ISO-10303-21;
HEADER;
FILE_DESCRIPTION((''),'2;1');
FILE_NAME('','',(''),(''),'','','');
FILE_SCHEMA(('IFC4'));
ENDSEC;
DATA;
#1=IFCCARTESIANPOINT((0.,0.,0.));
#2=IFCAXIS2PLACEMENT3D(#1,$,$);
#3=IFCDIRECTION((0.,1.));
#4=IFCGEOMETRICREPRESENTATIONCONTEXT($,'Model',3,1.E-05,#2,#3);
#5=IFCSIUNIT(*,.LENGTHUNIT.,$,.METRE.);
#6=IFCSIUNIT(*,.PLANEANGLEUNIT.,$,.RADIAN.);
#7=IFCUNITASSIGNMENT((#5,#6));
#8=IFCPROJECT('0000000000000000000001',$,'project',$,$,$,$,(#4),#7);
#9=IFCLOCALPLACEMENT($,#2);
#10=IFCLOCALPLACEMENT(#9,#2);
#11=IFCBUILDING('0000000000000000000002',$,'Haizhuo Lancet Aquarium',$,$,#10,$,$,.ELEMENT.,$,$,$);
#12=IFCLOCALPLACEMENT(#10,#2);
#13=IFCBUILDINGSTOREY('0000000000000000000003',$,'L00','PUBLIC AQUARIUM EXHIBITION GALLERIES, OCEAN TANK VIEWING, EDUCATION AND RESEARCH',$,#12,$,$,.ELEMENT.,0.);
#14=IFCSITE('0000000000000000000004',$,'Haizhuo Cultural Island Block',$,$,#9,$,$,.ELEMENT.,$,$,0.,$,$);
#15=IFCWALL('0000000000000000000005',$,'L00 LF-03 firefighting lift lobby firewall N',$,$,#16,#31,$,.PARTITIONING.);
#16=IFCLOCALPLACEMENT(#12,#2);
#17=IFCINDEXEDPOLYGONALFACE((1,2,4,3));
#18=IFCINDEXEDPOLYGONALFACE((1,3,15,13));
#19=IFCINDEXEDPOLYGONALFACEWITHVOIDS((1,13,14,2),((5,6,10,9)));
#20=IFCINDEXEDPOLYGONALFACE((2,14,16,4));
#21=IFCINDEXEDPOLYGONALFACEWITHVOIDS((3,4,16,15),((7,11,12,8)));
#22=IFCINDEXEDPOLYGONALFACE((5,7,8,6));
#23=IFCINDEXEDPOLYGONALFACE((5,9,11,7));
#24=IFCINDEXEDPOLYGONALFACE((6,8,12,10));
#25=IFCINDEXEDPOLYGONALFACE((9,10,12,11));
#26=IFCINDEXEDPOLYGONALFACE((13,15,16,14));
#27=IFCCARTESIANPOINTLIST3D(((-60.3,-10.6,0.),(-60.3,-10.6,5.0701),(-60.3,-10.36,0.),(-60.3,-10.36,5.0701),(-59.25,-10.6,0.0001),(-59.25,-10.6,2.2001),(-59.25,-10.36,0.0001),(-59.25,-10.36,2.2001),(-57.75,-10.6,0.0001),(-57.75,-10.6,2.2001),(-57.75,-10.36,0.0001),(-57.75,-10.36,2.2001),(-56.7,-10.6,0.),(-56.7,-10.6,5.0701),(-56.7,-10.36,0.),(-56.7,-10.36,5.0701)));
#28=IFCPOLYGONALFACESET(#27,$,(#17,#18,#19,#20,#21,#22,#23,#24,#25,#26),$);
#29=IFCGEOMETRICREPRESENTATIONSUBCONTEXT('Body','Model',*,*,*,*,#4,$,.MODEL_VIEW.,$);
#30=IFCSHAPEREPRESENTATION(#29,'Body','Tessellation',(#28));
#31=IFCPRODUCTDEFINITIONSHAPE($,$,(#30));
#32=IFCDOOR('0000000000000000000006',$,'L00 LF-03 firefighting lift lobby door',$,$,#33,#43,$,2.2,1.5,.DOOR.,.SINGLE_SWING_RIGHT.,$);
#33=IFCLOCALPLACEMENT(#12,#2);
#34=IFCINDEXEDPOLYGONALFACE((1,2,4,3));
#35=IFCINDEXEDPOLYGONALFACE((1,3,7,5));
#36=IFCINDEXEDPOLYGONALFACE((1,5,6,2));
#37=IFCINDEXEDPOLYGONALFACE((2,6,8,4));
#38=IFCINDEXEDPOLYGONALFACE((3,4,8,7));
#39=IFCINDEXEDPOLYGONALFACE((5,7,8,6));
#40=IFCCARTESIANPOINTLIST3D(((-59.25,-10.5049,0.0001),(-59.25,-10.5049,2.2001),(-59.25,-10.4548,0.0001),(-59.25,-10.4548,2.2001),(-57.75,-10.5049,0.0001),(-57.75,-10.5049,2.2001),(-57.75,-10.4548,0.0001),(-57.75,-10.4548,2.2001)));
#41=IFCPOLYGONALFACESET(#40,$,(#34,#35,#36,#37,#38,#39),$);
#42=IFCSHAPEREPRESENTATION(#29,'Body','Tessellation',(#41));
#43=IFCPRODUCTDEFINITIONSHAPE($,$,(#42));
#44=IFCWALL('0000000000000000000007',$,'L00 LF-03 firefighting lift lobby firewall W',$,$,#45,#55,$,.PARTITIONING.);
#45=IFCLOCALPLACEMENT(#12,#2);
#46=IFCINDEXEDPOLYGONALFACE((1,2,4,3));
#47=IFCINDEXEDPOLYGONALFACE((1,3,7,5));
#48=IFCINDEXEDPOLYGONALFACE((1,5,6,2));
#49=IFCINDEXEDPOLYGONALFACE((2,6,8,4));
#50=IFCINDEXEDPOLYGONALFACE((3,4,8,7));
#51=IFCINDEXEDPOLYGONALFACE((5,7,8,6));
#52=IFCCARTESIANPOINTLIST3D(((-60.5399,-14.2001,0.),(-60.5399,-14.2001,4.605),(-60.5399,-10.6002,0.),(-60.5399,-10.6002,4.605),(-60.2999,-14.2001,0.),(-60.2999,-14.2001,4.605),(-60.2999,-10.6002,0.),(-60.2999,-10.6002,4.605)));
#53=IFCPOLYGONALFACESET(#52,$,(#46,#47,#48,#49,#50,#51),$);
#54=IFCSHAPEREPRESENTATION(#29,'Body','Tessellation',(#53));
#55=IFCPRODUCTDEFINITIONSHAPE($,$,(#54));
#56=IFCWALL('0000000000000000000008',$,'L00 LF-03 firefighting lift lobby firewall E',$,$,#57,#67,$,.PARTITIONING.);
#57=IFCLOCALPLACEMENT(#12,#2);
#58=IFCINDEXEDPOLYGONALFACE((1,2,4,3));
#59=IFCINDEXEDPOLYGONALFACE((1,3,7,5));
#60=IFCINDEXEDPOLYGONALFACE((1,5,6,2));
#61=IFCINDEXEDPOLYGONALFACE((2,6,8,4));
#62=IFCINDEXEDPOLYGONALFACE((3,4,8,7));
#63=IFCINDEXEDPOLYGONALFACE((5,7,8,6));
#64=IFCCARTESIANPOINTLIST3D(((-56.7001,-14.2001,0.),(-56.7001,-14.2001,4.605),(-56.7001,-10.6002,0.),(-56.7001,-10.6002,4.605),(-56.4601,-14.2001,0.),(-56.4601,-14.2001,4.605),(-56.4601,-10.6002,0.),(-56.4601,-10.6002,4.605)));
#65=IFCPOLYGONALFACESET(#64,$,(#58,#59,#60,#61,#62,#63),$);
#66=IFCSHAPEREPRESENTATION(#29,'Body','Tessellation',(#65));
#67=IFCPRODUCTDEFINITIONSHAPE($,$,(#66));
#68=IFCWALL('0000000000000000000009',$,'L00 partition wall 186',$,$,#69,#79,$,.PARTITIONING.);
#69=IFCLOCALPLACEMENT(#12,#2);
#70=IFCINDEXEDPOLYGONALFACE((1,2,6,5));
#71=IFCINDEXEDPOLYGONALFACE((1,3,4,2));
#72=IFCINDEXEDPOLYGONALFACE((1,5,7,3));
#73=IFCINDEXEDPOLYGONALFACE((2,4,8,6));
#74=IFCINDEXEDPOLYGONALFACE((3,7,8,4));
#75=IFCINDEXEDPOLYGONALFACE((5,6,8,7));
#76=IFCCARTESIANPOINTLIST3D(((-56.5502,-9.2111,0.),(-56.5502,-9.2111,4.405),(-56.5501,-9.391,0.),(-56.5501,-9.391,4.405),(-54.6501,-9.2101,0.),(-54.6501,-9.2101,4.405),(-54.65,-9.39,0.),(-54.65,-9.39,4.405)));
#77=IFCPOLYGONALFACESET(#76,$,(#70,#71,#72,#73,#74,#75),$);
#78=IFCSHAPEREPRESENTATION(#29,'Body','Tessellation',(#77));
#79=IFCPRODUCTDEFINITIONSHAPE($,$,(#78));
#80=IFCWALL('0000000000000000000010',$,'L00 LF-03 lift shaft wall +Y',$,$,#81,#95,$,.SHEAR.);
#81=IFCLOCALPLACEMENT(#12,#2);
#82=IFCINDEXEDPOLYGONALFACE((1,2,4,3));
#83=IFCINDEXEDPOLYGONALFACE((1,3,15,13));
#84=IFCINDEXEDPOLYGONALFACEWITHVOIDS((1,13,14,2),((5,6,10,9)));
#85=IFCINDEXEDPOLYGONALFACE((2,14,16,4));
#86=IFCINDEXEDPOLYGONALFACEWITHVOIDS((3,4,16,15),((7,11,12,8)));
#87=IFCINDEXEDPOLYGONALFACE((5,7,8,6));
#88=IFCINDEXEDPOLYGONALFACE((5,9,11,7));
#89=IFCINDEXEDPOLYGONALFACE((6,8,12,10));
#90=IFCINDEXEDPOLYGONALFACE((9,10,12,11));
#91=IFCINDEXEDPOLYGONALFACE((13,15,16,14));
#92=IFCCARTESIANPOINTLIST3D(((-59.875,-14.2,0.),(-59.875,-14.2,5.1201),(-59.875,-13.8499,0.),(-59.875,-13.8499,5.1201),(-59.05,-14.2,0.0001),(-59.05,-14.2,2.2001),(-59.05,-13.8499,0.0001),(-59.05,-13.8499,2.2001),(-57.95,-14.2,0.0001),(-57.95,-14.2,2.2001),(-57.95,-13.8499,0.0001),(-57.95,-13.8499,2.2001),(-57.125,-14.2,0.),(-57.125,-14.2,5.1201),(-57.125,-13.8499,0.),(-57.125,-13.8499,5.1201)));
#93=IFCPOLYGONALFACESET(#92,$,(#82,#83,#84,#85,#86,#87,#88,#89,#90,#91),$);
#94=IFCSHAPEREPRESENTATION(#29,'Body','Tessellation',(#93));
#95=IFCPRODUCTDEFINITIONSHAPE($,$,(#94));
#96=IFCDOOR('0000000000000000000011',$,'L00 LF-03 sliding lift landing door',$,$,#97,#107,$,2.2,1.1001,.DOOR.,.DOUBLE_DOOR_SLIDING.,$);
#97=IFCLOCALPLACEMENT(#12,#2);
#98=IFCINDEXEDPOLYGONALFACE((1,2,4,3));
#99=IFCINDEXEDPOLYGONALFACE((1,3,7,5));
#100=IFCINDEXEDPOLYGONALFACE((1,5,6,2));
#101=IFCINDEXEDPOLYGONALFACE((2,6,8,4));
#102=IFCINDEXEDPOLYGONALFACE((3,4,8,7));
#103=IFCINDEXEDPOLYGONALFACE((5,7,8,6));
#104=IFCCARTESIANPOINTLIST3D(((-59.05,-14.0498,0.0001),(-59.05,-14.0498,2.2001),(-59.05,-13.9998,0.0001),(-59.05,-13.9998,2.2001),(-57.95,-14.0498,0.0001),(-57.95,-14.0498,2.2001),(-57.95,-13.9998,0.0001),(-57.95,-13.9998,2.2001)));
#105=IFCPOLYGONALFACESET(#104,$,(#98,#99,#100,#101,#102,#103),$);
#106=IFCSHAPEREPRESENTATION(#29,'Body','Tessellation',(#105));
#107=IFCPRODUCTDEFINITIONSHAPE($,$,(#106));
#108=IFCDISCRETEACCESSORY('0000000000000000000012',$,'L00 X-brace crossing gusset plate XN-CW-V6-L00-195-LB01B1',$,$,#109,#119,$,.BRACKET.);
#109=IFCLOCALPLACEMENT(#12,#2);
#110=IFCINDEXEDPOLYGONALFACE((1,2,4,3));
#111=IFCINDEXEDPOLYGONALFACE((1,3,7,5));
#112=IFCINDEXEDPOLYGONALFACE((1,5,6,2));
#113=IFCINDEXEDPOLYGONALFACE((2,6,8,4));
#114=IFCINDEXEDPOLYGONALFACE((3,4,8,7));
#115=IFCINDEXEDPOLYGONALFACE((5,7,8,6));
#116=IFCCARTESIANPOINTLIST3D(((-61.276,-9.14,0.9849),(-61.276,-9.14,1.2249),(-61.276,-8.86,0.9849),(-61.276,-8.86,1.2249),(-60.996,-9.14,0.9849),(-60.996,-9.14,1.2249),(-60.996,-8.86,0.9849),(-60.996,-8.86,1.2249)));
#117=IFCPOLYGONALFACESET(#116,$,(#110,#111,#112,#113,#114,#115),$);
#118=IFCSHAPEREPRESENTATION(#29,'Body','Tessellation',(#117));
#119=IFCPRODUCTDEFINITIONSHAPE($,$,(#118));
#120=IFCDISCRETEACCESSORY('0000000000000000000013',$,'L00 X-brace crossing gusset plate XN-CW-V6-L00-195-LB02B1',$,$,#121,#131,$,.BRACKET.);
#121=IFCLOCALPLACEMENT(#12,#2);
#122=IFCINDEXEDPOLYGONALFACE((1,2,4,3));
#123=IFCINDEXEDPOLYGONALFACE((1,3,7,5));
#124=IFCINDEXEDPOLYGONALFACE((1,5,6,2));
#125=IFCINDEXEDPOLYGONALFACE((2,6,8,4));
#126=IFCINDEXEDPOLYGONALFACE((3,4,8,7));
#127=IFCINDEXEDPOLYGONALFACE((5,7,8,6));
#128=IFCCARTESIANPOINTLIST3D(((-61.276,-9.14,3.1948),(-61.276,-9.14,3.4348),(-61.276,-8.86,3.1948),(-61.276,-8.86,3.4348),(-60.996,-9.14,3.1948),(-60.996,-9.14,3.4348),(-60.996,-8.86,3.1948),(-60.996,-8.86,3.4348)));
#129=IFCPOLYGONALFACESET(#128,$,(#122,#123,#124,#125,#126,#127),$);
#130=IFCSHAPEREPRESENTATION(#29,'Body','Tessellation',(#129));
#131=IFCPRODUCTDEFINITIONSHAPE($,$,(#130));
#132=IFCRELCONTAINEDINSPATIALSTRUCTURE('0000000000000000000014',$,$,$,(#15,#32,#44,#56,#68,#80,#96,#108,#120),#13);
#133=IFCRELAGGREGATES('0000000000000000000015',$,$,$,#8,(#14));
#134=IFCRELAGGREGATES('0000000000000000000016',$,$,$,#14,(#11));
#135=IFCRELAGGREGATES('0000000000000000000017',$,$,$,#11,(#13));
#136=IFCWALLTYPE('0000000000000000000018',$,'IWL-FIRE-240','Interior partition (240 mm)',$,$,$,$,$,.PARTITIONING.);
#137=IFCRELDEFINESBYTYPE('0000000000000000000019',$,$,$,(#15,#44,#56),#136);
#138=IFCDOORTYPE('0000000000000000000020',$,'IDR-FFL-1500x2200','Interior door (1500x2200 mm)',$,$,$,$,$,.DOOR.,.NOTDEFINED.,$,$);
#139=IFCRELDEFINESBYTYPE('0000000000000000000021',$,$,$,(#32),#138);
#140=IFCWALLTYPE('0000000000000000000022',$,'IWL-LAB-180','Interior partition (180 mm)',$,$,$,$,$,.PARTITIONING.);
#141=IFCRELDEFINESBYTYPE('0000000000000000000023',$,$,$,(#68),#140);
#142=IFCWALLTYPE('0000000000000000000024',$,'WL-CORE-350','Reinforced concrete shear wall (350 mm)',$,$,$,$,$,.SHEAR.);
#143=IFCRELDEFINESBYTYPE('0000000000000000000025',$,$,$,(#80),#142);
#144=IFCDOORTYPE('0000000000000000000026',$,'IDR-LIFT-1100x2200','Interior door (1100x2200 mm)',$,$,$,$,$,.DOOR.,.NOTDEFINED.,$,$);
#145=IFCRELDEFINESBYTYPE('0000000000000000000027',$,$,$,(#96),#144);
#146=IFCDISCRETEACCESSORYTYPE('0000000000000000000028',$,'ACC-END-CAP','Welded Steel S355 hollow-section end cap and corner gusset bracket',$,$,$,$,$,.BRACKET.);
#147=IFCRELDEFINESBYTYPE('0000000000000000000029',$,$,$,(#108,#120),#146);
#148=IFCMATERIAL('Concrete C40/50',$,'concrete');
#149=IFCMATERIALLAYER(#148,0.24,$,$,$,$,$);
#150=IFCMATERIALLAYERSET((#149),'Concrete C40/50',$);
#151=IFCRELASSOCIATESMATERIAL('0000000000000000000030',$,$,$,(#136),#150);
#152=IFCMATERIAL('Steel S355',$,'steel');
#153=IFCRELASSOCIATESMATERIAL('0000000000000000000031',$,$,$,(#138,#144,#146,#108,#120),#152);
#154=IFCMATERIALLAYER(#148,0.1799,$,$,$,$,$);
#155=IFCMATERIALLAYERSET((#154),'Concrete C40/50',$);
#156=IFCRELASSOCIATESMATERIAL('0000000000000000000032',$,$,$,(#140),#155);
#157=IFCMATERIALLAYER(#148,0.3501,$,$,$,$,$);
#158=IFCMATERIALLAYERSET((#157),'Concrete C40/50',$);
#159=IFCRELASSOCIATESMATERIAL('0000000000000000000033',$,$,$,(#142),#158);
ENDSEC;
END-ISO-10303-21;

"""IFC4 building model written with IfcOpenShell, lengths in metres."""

from ifc_helpers import new_model, si_unit, direction, frame, frame_2d, origin, origin_2d, place, context, subcontext, project, spatial, rectangle, extrude, material, layer, layer_set, type_object, element, fill, save


model = new_model("IFC4")

# Units and contexts
model_context = context("Model", 3, precision=1e-05, world=origin(), true_north=direction((0.0, 1.0)))
body_context = subcontext(model_context, "Body", "Model", "MODEL_VIEW")
ifc_project = project(units=[si_unit("LENGTHUNIT", "METRE"), si_unit("PLANEANGLEUNIT", "RADIAN")], contexts=[model_context])

# Site, building, storey
site_placement = place(None, origin())
site = spatial("IfcSite", under=ifc_project, at=site_placement, Name="Haizhuo Cultural Island Block", CompositionType="ELEMENT", RefElevation=0.0)
building_placement = place(site_placement, origin())
building = spatial("IfcBuilding", under=site, at=building_placement, Name="Haizhuo Lancet Aquarium", CompositionType="ELEMENT")
storey_placement = place(building_placement, origin())
storey = spatial("IfcBuildingStorey", under=building, at=storey_placement, Name="L00", Description="PUBLIC AQUARIUM EXHIBITION GALLERIES, OCEAN TANK VIEWING, EDUCATION AND RESEARCH", CompositionType="ELEMENT", Elevation=0.0)

# Shared definitions
ifc_material_1 = material(Name="Concrete C40/50", Category="concrete")
ifc_material_2 = material(Name="Steel S355", Category="steel")

# Wall, opening, door
ifc_layer_1 = layer(ifc_material_1, 0.24)
ifc_layer_set_1 = layer_set([ifc_layer_1], Name="Concrete C40/50")
wall_type_1 = type_object("IfcWallType", Name="IWL-FIRE-240", Description="Interior partition (240 mm)", PredefinedType="PARTITIONING", material=ifc_layer_set_1)
wall_1_placement = place(storey_placement, frame((-56.7, -10.48, 0.0), z_axis=(0.0, 0.0, 1.0), x_axis=(-1.0, 0.0, 0.0)))
wall_1 = element("IfcWall", 1, at=wall_1_placement, inside=storey, type_object=wall_type_1, Name="L00 LF-03 firefighting lift lobby firewall N", PredefinedType="PARTITIONING", context=body_context, shape_type="SweptSolid", body=[
    extrude(rectangle(XDim=3.6001, YDim=0.24, at=frame_2d((1.8, 0.0))), origin(), (0.0, 0.0, 1.0), 5.0701),
])
opening_1_placement = place(wall_1_placement, frame((1.05, 0.0, 0.0)))
opening_1 = element("IfcOpeningElement", 2, at=opening_1_placement, cuts=wall_1, PredefinedType="OPENING", context=body_context, shape_type="SweptSolid", body=[
    extrude(rectangle(XDim=1.5, YDim=2.2, at=frame_2d((0.75, 1.1001))), frame((0.0, 0.1299, 0.0), z_axis=(0.0, -1.0, 0.0), x_axis=(1.0, 0.0, 0.0)), (0.0, 0.0, 1.0), 0.26),
])
door_type_1 = type_object("IfcDoorType", Name="IDR-FFL-1500x2200", Description="Interior door (1500x2200 mm)", OperationType="NOTDEFINED", PredefinedType="DOOR", material=ifc_material_2)
door_1_placement = place(opening_1_placement, origin())
door_1 = element("IfcDoor", 3, at=door_1_placement, inside=storey, type_object=door_type_1, Name="L00 LF-03 firefighting lift lobby door", OperationType="SINGLE_SWING_RIGHT", OverallHeight=2.2, OverallWidth=1.5, PredefinedType="DOOR", context=body_context, shape_type="SweptSolid", body=[
    extrude(rectangle(XDim=1.5, YDim=2.2, at=frame_2d((0.75, 1.1001))), frame((0.0, 0.0249, 0.0), z_axis=(0.0, -1.0, 0.0), x_axis=(1.0, 0.0, 0.0)), (0.0, 0.0, 1.0), 0.05),
])
fill(opening_1, door_1)

# Walls
for number, where, z_axis, x_axis, name in (
    (4, (-60.4199, -14.2, 0.0), (0.0, 0.0, 1.0), (0.0, 1.0, 0.0), "L00 LF-03 firefighting lift lobby firewall W"),
    (5, (-56.5801, -14.2, 0.0), (0.0, 0.0, 1.0), (0.0, 1.0, 0.0), "L00 LF-03 firefighting lift lobby firewall E"),
):
    element("IfcWall", number, at=place(storey_placement, frame(where, z_axis=z_axis, x_axis=x_axis)), inside=storey, type_object=wall_type_1, Name=name, PredefinedType="PARTITIONING", context=body_context, shape_type="SweptSolid", body=[
        extrude(rectangle(XDim=3.5999, YDim=0.24, at=frame_2d((1.7998, 0.0))), origin(), (0.0, 0.0, 1.0), 4.605),
    ])
ifc_layer_2 = layer(ifc_material_1, 0.1799)
ifc_layer_set_2 = layer_set([ifc_layer_2], Name="Concrete C40/50")
wall_type_2 = type_object("IfcWallType", Name="IWL-LAB-180", Description="Interior partition (180 mm)", PredefinedType="PARTITIONING", material=ifc_layer_set_2)
wall_2_placement = place(storey_placement, frame((-54.6499, -9.3, 0.0), z_axis=(0.0, 0.0, 1.0), x_axis=(-1.0, -0.000514, 0.0)))
element("IfcWall", 6, at=wall_2_placement, inside=storey, type_object=wall_type_2, Name="L00 partition wall 186", PredefinedType="PARTITIONING", context=body_context, shape_type="SweptSolid", body=[
    extrude(rectangle(XDim=1.9001, YDim=0.1799, at=frame_2d((0.9502, 0.0))), origin(), (0.0, 0.0, 1.0), 4.405),
])

# Wall, opening, door
ifc_layer_3 = layer(ifc_material_1, 0.3501)
ifc_layer_set_3 = layer_set([ifc_layer_3], Name="Concrete C40/50")
wall_type_3 = type_object("IfcWallType", Name="WL-CORE-350", Description="Reinforced concrete shear wall (350 mm)", PredefinedType="SHEAR", material=ifc_layer_set_3)
wall_3_placement = place(storey_placement, frame((-57.125, -14.0249, 0.0), z_axis=(0.0, 0.0, 1.0), x_axis=(-1.0, 0.0, 0.0)))
wall_3 = element("IfcWall", 7, at=wall_3_placement, inside=storey, type_object=wall_type_3, Name="L00 LF-03 lift shaft wall +Y", PredefinedType="SHEAR", context=body_context, shape_type="SweptSolid", body=[
    extrude(rectangle(XDim=2.75, YDim=0.3501, at=frame_2d((1.375, 0.0))), origin(), (0.0, 0.0, 1.0), 5.1201),
])
opening_2_placement = place(wall_3_placement, frame((0.825, 0.0, 0.0)))
opening_2 = element("IfcOpeningElement", 8, at=opening_2_placement, cuts=wall_3, PredefinedType="OPENING", context=body_context, shape_type="SweptSolid", body=[
    extrude(rectangle(XDim=1.1001, YDim=2.2, at=frame_2d((0.55, 1.1001))), frame((0.0, 0.1851, 0.0), z_axis=(0.0, -1.0, 0.0), x_axis=(1.0, 0.0, 0.0)), (0.0, 0.0, 1.0), 0.3701),
])
door_type_2 = type_object("IfcDoorType", Name="IDR-LIFT-1100x2200", Description="Interior door (1100x2200 mm)", OperationType="NOTDEFINED", PredefinedType="DOOR", material=ifc_material_2)
door_2_placement = place(opening_2_placement, origin())
door_2 = element("IfcDoor", 9, at=door_2_placement, inside=storey, type_object=door_type_2, Name="L00 LF-03 sliding lift landing door", OperationType="DOUBLE_DOOR_SLIDING", OverallHeight=2.2, OverallWidth=1.1001, PredefinedType="DOOR", context=body_context, shape_type="SweptSolid", body=[
    extrude(rectangle(XDim=1.1001, YDim=2.2, at=frame_2d((0.55, 1.1001))), frame((0.0, 0.0249, 0.0), z_axis=(0.0, -1.0, 0.0), x_axis=(1.0, 0.0, 0.0)), (0.0, 0.0, 1.0), 0.05),
])
fill(opening_2, door_2)

# Discrete accessories
discrete_accessory_type = type_object("IfcDiscreteAccessoryType", Name="ACC-END-CAP", Description="Welded Steel S355 hollow-section end cap and corner gusset bracket", PredefinedType="BRACKET", material=ifc_material_2)
for number, where, z_axis, x_axis, name in (
    (10, (-61.136, -9.0, 0.9849), (0.0, 0.0, 1.0), (1.0, 0.0, 0.0), "L00 X-brace crossing gusset plate XN-CW-V6-L00-195-LB01B1"),
    (11, (-61.136, -9.0, 3.1948), (0.0, 0.0, 1.0), (1.0, 0.0, 0.0), "L00 X-brace crossing gusset plate XN-CW-V6-L00-195-LB02B1"),
):
    element("IfcDiscreteAccessory", number, at=place(storey_placement, frame(where, z_axis=z_axis, x_axis=x_axis)), inside=storey, type_object=discrete_accessory_type, material=ifc_material_2, Name=name, PredefinedType="BRACKET", context=body_context, shape_type="SweptSolid", body=[
        extrude(rectangle(XDim=0.28, YDim=0.28, at=origin_2d()), origin(), (0.0, 0.0, 1.0), 0.24),
    ])

save(model, "model.ifc")
